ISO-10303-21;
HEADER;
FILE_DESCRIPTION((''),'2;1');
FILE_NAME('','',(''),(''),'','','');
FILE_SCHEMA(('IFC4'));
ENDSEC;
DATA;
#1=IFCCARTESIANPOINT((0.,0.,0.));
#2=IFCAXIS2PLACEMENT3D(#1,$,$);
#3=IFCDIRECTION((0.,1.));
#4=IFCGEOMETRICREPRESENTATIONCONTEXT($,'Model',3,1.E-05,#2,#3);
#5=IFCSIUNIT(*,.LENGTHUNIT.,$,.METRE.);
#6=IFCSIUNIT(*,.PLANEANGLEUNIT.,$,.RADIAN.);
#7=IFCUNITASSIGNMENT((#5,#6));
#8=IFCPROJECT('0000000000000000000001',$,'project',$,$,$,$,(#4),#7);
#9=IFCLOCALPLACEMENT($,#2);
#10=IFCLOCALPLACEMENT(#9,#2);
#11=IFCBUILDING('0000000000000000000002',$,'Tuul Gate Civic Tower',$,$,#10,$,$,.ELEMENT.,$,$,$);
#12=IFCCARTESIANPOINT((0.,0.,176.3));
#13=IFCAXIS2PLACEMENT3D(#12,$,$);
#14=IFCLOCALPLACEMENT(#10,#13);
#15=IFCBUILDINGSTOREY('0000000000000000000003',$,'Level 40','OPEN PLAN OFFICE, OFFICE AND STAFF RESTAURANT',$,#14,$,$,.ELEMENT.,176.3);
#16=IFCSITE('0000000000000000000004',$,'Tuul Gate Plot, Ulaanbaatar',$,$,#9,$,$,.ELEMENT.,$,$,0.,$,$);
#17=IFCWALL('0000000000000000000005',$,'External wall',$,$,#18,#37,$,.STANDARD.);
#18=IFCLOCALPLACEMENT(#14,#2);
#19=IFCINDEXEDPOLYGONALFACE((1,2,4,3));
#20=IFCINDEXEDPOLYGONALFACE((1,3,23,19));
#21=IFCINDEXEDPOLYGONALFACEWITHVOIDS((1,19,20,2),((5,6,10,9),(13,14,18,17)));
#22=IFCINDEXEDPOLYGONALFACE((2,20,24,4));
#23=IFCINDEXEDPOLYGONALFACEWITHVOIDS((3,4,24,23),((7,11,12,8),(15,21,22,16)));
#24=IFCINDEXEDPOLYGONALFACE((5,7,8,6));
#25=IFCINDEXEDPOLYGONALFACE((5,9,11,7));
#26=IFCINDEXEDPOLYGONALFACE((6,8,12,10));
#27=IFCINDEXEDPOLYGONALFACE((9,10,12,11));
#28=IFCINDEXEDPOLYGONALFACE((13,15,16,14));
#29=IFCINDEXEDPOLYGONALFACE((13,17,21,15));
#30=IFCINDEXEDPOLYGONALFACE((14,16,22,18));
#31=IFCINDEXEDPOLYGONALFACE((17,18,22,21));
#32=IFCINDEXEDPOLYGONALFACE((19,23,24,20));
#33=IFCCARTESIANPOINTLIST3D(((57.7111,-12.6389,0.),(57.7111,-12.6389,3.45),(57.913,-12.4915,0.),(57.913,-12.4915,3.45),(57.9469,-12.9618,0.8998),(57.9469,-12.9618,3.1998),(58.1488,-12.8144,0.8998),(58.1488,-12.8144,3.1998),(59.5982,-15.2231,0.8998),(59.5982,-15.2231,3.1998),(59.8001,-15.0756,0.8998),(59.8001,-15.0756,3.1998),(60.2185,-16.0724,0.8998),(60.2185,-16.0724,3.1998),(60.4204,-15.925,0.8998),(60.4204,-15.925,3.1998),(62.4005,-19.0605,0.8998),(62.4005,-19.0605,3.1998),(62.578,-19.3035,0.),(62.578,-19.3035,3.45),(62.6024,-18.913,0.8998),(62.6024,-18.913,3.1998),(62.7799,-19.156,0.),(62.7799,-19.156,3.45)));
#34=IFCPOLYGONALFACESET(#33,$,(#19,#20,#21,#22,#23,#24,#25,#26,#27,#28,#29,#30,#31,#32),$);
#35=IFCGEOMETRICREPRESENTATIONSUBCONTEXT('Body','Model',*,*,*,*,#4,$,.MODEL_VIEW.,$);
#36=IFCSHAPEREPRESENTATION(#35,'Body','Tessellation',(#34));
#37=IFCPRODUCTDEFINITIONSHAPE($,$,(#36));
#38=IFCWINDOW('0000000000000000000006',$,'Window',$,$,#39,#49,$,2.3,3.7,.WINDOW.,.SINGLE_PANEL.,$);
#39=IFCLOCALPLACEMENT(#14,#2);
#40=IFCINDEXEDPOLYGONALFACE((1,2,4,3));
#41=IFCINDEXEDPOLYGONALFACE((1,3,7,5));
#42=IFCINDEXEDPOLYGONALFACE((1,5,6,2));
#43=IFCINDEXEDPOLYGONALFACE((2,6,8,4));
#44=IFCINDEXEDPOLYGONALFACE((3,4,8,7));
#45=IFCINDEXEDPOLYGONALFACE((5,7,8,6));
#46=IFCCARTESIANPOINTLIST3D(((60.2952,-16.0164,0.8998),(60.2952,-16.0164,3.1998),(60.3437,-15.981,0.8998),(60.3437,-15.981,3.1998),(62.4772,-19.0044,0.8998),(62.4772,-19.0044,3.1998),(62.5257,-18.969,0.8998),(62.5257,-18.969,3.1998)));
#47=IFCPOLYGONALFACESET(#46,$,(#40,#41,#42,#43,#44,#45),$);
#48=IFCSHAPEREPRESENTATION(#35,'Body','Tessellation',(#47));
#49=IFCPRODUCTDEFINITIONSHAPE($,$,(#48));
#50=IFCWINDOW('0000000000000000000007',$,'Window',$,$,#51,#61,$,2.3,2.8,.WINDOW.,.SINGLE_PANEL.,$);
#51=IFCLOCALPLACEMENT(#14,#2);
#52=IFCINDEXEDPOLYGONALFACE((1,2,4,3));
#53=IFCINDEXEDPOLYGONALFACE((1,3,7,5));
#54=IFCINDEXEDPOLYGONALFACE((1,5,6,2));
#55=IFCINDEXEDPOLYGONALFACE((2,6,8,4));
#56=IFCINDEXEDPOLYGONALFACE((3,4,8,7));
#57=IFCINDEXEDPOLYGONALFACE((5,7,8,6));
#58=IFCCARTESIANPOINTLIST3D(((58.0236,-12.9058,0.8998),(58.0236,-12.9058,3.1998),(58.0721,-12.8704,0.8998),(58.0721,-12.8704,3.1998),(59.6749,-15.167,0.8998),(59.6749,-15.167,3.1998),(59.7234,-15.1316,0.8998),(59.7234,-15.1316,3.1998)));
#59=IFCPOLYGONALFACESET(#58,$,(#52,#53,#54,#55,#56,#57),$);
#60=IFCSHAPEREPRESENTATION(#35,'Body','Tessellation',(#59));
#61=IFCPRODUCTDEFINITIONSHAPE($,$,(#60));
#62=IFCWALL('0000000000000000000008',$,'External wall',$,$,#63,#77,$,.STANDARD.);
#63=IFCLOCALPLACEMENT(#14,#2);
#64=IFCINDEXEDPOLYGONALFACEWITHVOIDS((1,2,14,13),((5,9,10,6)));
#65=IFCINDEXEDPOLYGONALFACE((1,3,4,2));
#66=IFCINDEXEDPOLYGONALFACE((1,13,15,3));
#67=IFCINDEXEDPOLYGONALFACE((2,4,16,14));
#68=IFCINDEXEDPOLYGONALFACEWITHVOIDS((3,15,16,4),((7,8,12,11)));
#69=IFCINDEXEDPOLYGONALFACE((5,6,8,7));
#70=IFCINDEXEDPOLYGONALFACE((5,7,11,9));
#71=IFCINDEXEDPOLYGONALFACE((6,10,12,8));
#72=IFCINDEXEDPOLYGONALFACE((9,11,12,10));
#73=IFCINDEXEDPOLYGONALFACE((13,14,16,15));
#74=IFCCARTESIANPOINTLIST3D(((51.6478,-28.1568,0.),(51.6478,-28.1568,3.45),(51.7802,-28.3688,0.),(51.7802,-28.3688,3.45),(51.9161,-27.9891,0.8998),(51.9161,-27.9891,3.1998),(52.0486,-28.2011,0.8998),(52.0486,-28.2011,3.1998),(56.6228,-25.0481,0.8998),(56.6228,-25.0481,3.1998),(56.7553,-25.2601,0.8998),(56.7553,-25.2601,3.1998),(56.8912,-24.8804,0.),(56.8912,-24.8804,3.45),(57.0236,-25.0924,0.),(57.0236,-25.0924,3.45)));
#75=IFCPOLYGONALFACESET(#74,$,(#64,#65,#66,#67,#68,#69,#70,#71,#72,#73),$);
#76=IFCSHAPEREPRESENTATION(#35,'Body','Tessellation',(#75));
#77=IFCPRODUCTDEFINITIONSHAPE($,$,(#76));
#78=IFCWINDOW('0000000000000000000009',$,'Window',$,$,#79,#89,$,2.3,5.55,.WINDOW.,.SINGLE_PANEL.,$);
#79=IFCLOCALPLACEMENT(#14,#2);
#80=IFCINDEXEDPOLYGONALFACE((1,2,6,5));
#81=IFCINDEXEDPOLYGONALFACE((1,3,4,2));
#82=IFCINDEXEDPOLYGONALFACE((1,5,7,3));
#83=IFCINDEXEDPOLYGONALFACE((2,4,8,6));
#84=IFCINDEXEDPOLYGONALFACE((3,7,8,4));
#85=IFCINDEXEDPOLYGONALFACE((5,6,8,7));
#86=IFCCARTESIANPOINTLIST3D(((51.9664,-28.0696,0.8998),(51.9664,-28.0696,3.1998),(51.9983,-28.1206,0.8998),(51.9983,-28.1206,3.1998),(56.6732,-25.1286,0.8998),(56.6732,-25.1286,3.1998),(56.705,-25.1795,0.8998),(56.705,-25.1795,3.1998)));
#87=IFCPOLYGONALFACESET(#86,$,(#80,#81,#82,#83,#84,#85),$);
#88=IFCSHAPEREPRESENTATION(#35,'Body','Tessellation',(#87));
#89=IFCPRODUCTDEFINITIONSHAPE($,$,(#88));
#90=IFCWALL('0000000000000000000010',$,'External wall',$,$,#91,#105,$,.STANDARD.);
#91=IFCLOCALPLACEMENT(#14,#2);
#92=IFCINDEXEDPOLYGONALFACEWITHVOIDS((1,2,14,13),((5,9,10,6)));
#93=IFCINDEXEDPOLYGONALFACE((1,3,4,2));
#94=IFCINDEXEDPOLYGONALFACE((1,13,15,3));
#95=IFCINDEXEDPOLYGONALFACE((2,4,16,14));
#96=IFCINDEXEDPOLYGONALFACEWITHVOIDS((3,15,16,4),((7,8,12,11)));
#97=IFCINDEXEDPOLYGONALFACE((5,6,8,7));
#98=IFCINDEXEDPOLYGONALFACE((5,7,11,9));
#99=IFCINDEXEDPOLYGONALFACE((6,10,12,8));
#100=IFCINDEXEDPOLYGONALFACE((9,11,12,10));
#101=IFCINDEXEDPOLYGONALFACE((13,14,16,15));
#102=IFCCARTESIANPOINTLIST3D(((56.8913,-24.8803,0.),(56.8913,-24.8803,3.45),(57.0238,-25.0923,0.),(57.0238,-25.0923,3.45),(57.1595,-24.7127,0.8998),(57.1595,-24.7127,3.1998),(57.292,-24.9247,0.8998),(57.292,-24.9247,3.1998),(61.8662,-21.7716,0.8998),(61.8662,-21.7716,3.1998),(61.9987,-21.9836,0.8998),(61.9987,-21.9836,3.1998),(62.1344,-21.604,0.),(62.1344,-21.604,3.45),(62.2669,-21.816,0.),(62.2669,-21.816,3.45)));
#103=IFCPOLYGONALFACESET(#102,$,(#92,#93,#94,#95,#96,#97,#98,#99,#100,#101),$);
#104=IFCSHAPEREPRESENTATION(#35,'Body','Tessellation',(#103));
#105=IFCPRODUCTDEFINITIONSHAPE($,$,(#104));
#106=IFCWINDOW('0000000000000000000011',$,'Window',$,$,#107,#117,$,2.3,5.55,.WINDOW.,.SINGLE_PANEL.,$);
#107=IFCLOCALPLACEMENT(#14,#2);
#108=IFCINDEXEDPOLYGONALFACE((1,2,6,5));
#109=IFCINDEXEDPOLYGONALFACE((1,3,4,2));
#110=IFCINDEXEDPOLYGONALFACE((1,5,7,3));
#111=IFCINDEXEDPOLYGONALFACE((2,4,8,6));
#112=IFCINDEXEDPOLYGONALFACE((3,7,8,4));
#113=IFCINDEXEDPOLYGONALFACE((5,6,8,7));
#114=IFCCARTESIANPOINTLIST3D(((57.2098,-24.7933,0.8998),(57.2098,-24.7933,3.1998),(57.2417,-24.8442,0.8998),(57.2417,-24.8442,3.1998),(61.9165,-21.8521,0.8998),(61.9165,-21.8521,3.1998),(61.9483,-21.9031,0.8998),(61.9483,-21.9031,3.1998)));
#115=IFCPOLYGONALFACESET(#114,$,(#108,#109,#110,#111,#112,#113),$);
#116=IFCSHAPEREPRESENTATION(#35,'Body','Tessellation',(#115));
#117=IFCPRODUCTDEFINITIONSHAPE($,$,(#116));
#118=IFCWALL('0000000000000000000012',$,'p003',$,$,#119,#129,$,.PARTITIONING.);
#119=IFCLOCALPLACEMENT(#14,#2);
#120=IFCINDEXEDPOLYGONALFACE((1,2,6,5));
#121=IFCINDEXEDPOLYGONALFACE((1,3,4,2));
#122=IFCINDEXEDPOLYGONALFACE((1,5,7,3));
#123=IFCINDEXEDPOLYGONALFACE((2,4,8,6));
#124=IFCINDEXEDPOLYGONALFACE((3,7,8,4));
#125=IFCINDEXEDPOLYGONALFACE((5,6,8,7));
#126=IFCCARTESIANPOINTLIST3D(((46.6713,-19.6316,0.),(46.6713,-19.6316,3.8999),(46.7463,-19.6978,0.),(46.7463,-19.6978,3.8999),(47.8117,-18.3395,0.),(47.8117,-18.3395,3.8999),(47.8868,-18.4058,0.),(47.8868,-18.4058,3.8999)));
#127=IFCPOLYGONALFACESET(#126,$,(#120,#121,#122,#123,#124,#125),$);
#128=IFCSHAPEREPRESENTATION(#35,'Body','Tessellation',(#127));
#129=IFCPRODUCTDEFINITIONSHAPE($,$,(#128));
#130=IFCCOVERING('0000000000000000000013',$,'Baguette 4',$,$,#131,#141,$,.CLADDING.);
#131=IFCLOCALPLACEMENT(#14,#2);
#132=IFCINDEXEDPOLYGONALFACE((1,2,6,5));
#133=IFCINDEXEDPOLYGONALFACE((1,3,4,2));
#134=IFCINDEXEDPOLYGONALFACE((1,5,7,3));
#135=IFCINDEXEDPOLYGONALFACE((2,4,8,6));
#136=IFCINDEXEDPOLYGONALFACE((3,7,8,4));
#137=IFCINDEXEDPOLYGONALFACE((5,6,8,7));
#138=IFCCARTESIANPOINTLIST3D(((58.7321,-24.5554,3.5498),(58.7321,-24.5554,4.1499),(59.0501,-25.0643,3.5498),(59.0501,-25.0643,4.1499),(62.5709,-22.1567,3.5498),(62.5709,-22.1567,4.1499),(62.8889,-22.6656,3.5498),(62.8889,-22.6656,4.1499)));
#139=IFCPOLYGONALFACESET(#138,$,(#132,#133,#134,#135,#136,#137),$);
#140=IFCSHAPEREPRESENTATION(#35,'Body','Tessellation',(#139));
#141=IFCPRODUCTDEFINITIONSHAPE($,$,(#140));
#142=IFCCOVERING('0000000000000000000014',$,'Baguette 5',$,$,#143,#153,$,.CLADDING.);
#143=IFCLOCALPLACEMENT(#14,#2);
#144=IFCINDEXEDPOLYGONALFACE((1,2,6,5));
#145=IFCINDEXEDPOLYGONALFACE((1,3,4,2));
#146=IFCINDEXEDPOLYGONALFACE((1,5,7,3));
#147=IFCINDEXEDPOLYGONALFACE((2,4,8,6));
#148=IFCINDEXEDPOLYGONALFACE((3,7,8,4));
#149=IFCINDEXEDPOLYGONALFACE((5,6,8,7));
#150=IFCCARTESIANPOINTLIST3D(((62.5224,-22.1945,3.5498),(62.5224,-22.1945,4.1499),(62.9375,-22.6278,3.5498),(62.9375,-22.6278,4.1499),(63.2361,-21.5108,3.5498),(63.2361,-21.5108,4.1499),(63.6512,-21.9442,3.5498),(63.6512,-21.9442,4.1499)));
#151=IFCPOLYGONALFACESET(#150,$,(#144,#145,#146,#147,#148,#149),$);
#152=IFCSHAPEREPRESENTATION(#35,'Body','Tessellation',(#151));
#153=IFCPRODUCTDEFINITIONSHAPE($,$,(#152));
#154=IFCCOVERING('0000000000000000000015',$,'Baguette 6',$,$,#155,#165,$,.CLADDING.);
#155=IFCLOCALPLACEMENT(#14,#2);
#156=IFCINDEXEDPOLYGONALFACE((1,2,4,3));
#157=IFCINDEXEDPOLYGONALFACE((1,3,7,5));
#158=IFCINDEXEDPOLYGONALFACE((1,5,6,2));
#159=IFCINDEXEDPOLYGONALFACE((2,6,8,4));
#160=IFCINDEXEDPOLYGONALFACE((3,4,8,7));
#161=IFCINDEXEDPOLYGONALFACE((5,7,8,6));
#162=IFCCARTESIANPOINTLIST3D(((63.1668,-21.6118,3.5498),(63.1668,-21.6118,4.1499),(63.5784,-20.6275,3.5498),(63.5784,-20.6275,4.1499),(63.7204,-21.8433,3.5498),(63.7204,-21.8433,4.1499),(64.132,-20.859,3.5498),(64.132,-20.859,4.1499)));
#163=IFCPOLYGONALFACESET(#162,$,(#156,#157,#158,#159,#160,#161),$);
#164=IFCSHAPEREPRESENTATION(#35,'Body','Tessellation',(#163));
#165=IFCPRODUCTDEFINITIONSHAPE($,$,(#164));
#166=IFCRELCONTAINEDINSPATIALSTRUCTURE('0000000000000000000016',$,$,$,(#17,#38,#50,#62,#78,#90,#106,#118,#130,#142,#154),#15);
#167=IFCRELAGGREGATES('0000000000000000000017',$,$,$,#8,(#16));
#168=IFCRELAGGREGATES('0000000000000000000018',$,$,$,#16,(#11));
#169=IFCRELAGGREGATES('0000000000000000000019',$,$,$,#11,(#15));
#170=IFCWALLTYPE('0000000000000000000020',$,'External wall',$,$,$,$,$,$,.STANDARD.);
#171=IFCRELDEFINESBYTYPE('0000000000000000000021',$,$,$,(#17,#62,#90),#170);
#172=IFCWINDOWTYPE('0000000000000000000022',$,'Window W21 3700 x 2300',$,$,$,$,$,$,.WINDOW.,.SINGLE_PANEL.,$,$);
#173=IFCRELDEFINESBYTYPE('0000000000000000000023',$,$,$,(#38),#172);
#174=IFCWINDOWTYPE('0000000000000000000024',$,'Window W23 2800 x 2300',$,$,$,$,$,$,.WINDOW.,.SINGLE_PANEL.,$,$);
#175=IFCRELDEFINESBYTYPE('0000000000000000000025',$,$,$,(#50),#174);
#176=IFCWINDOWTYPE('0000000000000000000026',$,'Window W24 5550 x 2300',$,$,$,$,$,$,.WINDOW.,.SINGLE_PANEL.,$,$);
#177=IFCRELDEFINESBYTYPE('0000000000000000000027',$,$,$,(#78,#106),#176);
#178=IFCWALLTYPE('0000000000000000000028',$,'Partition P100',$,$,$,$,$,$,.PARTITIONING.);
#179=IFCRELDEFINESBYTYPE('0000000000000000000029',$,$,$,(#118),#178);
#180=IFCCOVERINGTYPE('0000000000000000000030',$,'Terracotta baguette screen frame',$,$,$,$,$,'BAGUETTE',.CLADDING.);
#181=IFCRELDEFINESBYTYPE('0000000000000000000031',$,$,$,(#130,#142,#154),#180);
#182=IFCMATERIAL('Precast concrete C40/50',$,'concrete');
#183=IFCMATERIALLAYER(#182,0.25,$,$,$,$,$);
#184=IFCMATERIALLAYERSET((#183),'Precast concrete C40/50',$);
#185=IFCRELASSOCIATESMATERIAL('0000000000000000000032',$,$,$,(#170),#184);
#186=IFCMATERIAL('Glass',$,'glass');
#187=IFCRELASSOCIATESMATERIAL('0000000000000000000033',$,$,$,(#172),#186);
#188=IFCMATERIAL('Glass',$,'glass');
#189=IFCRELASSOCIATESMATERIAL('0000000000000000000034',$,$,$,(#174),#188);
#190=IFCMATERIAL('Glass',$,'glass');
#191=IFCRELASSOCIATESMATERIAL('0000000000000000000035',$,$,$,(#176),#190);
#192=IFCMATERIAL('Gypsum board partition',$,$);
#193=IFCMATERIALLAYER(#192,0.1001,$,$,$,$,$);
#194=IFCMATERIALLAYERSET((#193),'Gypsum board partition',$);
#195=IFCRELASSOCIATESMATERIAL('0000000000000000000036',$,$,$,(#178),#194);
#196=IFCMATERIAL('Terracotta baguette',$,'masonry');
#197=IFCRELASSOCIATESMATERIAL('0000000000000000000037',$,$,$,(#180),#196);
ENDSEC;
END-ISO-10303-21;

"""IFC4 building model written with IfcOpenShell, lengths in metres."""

from ifc_helpers import new_model, si_unit, direction, frame, frame_2d, origin, origin_2d, place, context, subcontext, project, spatial, rectangle, extrude, material, layer, layer_set, material_profile, profile_set, type_object, element, fill, save


model = new_model("IFC4")

# Units and contexts
model_context = context("Model", 3, precision=1e-05, world=origin(), true_north=direction((0.0, 1.0)))
body_context = subcontext(model_context, "Body", "Model", "MODEL_VIEW")
ifc_project = project(units=[si_unit("LENGTHUNIT", "METRE"), si_unit("PLANEANGLEUNIT", "RADIAN")], contexts=[model_context])

# Site, building, storey
site_placement = place(None, origin())
site = spatial("IfcSite", under=ifc_project, at=site_placement, Name="Tuul Gate Plot, Ulaanbaatar", CompositionType="ELEMENT", RefElevation=0.0)
building_placement = place(site_placement, origin())
building = spatial("IfcBuilding", under=site, at=building_placement, Name="Tuul Gate Civic Tower", CompositionType="ELEMENT")
storey_placement = place(building_placement, frame((0.0, 0.0, 176.3)))
storey = spatial("IfcBuildingStorey", under=building, at=storey_placement, Name="Level 40", Description="OPEN PLAN OFFICE, OFFICE AND STAFF RESTAURANT", CompositionType="ELEMENT", Elevation=176.3)

# Shared definitions
ifc_material_1 = material(Name="Precast concrete C40/50", Category="concrete")
ifc_layer_1 = layer(ifc_material_1, 0.25)
ifc_layer_set_1 = layer_set([ifc_layer_1], Name="Precast concrete C40/50")
wall_type_1 = type_object("IfcWallType", Name="External wall", PredefinedType="STANDARD", material=ifc_layer_set_1)

# Wall, openings, windows
wall_1_placement = place(storey_placement, frame((62.679, -19.2297, 0.0), z_axis=(0.0, 0.0, 1.0), x_axis=(-0.589755, 0.807582, 0.0)))
wall_1 = element("IfcWall", 1, at=wall_1_placement, inside=storey, type_object=wall_type_1, Name="External wall", PredefinedType="STANDARD", context=body_context, shape_type="SweptSolid", body=[
    extrude(rectangle(XDim=8.2524, YDim=0.25, at=frame_2d((4.1262, 0.0))), origin(), (0.0, 0.0, 1.0), 3.45),
])
opening_1_placement = place(wall_1_placement, frame((0.3008, 0.0, 0.8999)))
opening_1 = element("IfcOpeningElement", 2, at=opening_1_placement, cuts=wall_1, PredefinedType="OPENING", context=body_context, shape_type="SweptSolid", body=[
    extrude(rectangle(XDim=3.7, YDim=2.3, at=frame_2d((1.8501, 1.1499))), frame((0.0, 0.135, 0.0), z_axis=(0.0, -1.0, 0.0), x_axis=(1.0, 0.0, 0.0)), (0.0, 0.0, 1.0), 0.27),
])
opening_2_placement = place(wall_1_placement, frame((5.0527, 0.0, 0.8999)))
opening_2 = element("IfcOpeningElement", 3, at=opening_2_placement, cuts=wall_1, PredefinedType="OPENING", context=body_context, shape_type="SweptSolid", body=[
    extrude(rectangle(XDim=2.8, YDim=2.3, at=frame_2d((1.3999, 1.1499))), frame((0.0, 0.135, 0.0), z_axis=(0.0, -1.0, 0.0), x_axis=(1.0, 0.0, 0.0)), (0.0, 0.0, 1.0), 0.27),
])
ifc_material_2 = material(Name="Glass", Category="glass")
window_type_1 = type_object("IfcWindowType", Name="Window W21 3700 x 2300", PartitioningType="SINGLE_PANEL", PredefinedType="WINDOW", material=ifc_material_2)
window_1_placement = place(opening_1_placement, origin())
window_1 = element("IfcWindow", 4, at=window_1_placement, inside=storey, type_object=window_type_1, Name="Window", OverallHeight=2.3, OverallWidth=3.7, PartitioningType="SINGLE_PANEL", PredefinedType="WINDOW", context=body_context, shape_type="SweptSolid", body=[
    extrude(rectangle(XDim=3.7, YDim=2.3, at=frame_2d((1.8501, 1.1499))), frame((0.0, 0.03, 0.0), z_axis=(0.0, -1.0, 0.0), x_axis=(1.0, 0.0, 0.0)), (0.0, 0.0, 1.0), 0.0601),
])
fill(opening_1, window_1)
ifc_material_3 = material(Name="Glass", Category="glass")
window_type_2 = type_object("IfcWindowType", Name="Window W23 2800 x 2300", PartitioningType="SINGLE_PANEL", PredefinedType="WINDOW", material=ifc_material_3)
window_2_placement = place(opening_2_placement, origin())
window_2 = element("IfcWindow", 5, at=window_2_placement, inside=storey, type_object=window_type_2, Name="Window", OverallHeight=2.3, OverallWidth=2.8, PartitioningType="SINGLE_PANEL", PredefinedType="WINDOW", context=body_context, shape_type="SweptSolid", body=[
    extrude(rectangle(XDim=2.8, YDim=2.3, at=frame_2d((1.3999, 1.1499))), frame((0.0, 0.03, 0.0), z_axis=(0.0, -1.0, 0.0), x_axis=(1.0, 0.0, 0.0)), (0.0, 0.0, 1.0), 0.0601),
])
fill(opening_2, window_2)

# Walls, openings, windows
wall_2_placement = place(storey_placement, frame((51.7141, -28.2627, 0.0), z_axis=(0.0, 0.0, 1.0), x_axis=(0.848054, 0.52991, 0.0)))
wall_2 = element("IfcWall", 6, at=wall_2_placement, inside=storey, type_object=wall_type_1, Name="External wall", PredefinedType="STANDARD", context=body_context, shape_type="SweptSolid", body=[
    extrude(rectangle(XDim=6.1829, YDim=0.25, at=frame_2d((3.0913, 0.0))), origin(), (0.0, 0.0, 1.0), 3.45),
])
opening_3_placement = place(wall_2_placement, frame((0.3164, 0.0, 0.8999)))
opening_3 = element("IfcOpeningElement", 7, at=opening_3_placement, cuts=wall_2, PredefinedType="OPENING", context=body_context, shape_type="SweptSolid", body=[
    extrude(rectangle(XDim=5.55, YDim=2.3, at=frame_2d((2.7749, 1.1499))), frame((0.0, 0.135, 0.0), z_axis=(0.0, -1.0, 0.0), x_axis=(1.0, 0.0, 0.0)), (0.0, 0.0, 1.0), 0.27),
])
ifc_material_4 = material(Name="Glass", Category="glass")
window_type_3 = type_object("IfcWindowType", Name="Window W24 5550 x 2300", PartitioningType="SINGLE_PANEL", PredefinedType="WINDOW", material=ifc_material_4)
window_3_placement = place(opening_3_placement, origin())
window_3 = element("IfcWindow", 8, at=window_3_placement, inside=storey, type_object=window_type_3, Name="Window", OverallHeight=2.3, OverallWidth=5.55, PartitioningType="SINGLE_PANEL", PredefinedType="WINDOW", context=body_context, shape_type="SweptSolid", body=[
    extrude(rectangle(XDim=5.55, YDim=2.3, at=frame_2d((2.7749, 1.1499))), frame((0.0, 0.03, 0.0), z_axis=(0.0, -1.0, 0.0), x_axis=(1.0, 0.0, 0.0)), (0.0, 0.0, 1.0), 0.0601),
])
fill(opening_3, window_3)
wall_3_placement = place(storey_placement, frame((56.9575, -24.9863, 0.0), z_axis=(0.0, 0.0, 1.0), x_axis=(0.848043, 0.529928, 0.0)))
wall_3 = element("IfcWall", 9, at=wall_3_placement, inside=storey, type_object=wall_type_1, Name="External wall", PredefinedType="STANDARD", context=body_context, shape_type="SweptSolid", body=[
    extrude(rectangle(XDim=6.1826, YDim=0.25, at=frame_2d((3.0913, 0.0))), origin(), (0.0, 0.0, 1.0), 3.45),
])
opening_4_placement = place(wall_3_placement, frame((0.3164, 0.0, 0.8999)))
opening_4 = element("IfcOpeningElement", 10, at=opening_4_placement, cuts=wall_3, PredefinedType="OPENING", context=body_context, shape_type="SweptSolid", body=[
    extrude(rectangle(XDim=5.55, YDim=2.3, at=frame_2d((2.7749, 1.1499))), frame((0.0, 0.135, 0.0), z_axis=(0.0, -1.0, 0.0), x_axis=(1.0, 0.0, 0.0)), (0.0, 0.0, 1.0), 0.27),
])
window_4_placement = place(opening_4_placement, origin())
window_4 = element("IfcWindow", 11, at=window_4_placement, inside=storey, type_object=window_type_3, Name="Window", OverallHeight=2.3, OverallWidth=5.55, PartitioningType="SINGLE_PANEL", PredefinedType="WINDOW", context=body_context, shape_type="SweptSolid", body=[
    extrude(rectangle(XDim=5.55, YDim=2.3, at=frame_2d((2.7749, 1.1499))), frame((0.0, 0.03, 0.0), z_axis=(0.0, -1.0, 0.0), x_axis=(1.0, 0.0, 0.0)), (0.0, 0.0, 1.0), 0.0601),
])
fill(opening_4, window_4)

# Wall
ifc_material_5 = material(Name="Gypsum board partition")
ifc_layer_2 = layer(ifc_material_5, 0.1001)
ifc_layer_set_2 = layer_set([ifc_layer_2], Name="Gypsum board partition")
wall_type_2 = type_object("IfcWallType", Name="Partition P100", PredefinedType="PARTITIONING", material=ifc_layer_set_2)
wall_4_placement = place(storey_placement, frame((46.7087, -19.6648, 0.0), z_axis=(0.0, 0.0, 1.0), x_axis=(0.661748, 0.749726, 0.0)))
element("IfcWall", 12, at=wall_4_placement, inside=storey, type_object=wall_type_2, Name="p003", PredefinedType="PARTITIONING", context=body_context, shape_type="SweptSolid", body=[
    extrude(rectangle(XDim=1.7234, YDim=0.1001, at=frame_2d((0.8618, 0.0))), origin(), (0.0, 0.0, 1.0), 3.8999),
])

# Coverings
ifc_material_6 = material(Name="Terracotta baguette", Category="masonry")
ifc_material_profile_1 = material_profile(ifc_material_6, rectangle(XDim=0.6001, YDim=0.6001, at=origin_2d()), Name="Terracotta baguette screen frame")
ifc_profile_set_1 = profile_set([ifc_material_profile_1], Name="Terracotta baguette")
covering_type = type_object("IfcCoveringType", Name="Terracotta baguette screen frame", ElementType="BAGUETTE", PredefinedType="CLADDING", material=ifc_profile_set_1)
covering_1_placement = place(storey_placement, frame((58.8911, -24.8098, 3.8499), z_axis=(0.848059, 0.529902, 0.0), x_axis=(-0.529902, 0.848059, 0.0)))
element("IfcCovering", 13, at=covering_1_placement, inside=storey, type_object=covering_type, Name="Baguette 4", PredefinedType="CLADDING", context=body_context, shape_type="SweptSolid", body=[
    extrude(rectangle(XDim=0.6001, YDim=0.6001, at=origin_2d()), origin(), (0.0, 0.0, 1.0), 4.5266),
])
covering_2_placement = place(storey_placement, frame((62.73, -22.4111, 3.8499), z_axis=(0.722137, 0.69175, 0.0), x_axis=(-0.69175, 0.722137, 0.0)))
element("IfcCovering", 14, at=covering_2_placement, inside=storey, type_object=covering_type, Name="Baguette 5", PredefinedType="CLADDING", context=body_context, shape_type="SweptSolid", body=[
    extrude(rectangle(XDim=0.6001, YDim=0.6001, at=origin_2d()), origin(), (0.0, 0.0, 1.0), 0.9883),
])
covering_3_placement = place(storey_placement, frame((63.4436, -21.7275, 3.8499), z_axis=(0.385785, 0.922589, 0.0), x_axis=(-0.922589, 0.385785, 0.0)))
element("IfcCovering", 15, at=covering_3_placement, inside=storey, type_object=covering_type, Name="Baguette 6", PredefinedType="CLADDING", context=body_context, shape_type="SweptSolid", body=[
    extrude(rectangle(XDim=0.6001, YDim=0.6001, at=origin_2d()), origin(), (0.0, 0.0, 1.0), 1.0669),
])

save(model, "model.ifc")
